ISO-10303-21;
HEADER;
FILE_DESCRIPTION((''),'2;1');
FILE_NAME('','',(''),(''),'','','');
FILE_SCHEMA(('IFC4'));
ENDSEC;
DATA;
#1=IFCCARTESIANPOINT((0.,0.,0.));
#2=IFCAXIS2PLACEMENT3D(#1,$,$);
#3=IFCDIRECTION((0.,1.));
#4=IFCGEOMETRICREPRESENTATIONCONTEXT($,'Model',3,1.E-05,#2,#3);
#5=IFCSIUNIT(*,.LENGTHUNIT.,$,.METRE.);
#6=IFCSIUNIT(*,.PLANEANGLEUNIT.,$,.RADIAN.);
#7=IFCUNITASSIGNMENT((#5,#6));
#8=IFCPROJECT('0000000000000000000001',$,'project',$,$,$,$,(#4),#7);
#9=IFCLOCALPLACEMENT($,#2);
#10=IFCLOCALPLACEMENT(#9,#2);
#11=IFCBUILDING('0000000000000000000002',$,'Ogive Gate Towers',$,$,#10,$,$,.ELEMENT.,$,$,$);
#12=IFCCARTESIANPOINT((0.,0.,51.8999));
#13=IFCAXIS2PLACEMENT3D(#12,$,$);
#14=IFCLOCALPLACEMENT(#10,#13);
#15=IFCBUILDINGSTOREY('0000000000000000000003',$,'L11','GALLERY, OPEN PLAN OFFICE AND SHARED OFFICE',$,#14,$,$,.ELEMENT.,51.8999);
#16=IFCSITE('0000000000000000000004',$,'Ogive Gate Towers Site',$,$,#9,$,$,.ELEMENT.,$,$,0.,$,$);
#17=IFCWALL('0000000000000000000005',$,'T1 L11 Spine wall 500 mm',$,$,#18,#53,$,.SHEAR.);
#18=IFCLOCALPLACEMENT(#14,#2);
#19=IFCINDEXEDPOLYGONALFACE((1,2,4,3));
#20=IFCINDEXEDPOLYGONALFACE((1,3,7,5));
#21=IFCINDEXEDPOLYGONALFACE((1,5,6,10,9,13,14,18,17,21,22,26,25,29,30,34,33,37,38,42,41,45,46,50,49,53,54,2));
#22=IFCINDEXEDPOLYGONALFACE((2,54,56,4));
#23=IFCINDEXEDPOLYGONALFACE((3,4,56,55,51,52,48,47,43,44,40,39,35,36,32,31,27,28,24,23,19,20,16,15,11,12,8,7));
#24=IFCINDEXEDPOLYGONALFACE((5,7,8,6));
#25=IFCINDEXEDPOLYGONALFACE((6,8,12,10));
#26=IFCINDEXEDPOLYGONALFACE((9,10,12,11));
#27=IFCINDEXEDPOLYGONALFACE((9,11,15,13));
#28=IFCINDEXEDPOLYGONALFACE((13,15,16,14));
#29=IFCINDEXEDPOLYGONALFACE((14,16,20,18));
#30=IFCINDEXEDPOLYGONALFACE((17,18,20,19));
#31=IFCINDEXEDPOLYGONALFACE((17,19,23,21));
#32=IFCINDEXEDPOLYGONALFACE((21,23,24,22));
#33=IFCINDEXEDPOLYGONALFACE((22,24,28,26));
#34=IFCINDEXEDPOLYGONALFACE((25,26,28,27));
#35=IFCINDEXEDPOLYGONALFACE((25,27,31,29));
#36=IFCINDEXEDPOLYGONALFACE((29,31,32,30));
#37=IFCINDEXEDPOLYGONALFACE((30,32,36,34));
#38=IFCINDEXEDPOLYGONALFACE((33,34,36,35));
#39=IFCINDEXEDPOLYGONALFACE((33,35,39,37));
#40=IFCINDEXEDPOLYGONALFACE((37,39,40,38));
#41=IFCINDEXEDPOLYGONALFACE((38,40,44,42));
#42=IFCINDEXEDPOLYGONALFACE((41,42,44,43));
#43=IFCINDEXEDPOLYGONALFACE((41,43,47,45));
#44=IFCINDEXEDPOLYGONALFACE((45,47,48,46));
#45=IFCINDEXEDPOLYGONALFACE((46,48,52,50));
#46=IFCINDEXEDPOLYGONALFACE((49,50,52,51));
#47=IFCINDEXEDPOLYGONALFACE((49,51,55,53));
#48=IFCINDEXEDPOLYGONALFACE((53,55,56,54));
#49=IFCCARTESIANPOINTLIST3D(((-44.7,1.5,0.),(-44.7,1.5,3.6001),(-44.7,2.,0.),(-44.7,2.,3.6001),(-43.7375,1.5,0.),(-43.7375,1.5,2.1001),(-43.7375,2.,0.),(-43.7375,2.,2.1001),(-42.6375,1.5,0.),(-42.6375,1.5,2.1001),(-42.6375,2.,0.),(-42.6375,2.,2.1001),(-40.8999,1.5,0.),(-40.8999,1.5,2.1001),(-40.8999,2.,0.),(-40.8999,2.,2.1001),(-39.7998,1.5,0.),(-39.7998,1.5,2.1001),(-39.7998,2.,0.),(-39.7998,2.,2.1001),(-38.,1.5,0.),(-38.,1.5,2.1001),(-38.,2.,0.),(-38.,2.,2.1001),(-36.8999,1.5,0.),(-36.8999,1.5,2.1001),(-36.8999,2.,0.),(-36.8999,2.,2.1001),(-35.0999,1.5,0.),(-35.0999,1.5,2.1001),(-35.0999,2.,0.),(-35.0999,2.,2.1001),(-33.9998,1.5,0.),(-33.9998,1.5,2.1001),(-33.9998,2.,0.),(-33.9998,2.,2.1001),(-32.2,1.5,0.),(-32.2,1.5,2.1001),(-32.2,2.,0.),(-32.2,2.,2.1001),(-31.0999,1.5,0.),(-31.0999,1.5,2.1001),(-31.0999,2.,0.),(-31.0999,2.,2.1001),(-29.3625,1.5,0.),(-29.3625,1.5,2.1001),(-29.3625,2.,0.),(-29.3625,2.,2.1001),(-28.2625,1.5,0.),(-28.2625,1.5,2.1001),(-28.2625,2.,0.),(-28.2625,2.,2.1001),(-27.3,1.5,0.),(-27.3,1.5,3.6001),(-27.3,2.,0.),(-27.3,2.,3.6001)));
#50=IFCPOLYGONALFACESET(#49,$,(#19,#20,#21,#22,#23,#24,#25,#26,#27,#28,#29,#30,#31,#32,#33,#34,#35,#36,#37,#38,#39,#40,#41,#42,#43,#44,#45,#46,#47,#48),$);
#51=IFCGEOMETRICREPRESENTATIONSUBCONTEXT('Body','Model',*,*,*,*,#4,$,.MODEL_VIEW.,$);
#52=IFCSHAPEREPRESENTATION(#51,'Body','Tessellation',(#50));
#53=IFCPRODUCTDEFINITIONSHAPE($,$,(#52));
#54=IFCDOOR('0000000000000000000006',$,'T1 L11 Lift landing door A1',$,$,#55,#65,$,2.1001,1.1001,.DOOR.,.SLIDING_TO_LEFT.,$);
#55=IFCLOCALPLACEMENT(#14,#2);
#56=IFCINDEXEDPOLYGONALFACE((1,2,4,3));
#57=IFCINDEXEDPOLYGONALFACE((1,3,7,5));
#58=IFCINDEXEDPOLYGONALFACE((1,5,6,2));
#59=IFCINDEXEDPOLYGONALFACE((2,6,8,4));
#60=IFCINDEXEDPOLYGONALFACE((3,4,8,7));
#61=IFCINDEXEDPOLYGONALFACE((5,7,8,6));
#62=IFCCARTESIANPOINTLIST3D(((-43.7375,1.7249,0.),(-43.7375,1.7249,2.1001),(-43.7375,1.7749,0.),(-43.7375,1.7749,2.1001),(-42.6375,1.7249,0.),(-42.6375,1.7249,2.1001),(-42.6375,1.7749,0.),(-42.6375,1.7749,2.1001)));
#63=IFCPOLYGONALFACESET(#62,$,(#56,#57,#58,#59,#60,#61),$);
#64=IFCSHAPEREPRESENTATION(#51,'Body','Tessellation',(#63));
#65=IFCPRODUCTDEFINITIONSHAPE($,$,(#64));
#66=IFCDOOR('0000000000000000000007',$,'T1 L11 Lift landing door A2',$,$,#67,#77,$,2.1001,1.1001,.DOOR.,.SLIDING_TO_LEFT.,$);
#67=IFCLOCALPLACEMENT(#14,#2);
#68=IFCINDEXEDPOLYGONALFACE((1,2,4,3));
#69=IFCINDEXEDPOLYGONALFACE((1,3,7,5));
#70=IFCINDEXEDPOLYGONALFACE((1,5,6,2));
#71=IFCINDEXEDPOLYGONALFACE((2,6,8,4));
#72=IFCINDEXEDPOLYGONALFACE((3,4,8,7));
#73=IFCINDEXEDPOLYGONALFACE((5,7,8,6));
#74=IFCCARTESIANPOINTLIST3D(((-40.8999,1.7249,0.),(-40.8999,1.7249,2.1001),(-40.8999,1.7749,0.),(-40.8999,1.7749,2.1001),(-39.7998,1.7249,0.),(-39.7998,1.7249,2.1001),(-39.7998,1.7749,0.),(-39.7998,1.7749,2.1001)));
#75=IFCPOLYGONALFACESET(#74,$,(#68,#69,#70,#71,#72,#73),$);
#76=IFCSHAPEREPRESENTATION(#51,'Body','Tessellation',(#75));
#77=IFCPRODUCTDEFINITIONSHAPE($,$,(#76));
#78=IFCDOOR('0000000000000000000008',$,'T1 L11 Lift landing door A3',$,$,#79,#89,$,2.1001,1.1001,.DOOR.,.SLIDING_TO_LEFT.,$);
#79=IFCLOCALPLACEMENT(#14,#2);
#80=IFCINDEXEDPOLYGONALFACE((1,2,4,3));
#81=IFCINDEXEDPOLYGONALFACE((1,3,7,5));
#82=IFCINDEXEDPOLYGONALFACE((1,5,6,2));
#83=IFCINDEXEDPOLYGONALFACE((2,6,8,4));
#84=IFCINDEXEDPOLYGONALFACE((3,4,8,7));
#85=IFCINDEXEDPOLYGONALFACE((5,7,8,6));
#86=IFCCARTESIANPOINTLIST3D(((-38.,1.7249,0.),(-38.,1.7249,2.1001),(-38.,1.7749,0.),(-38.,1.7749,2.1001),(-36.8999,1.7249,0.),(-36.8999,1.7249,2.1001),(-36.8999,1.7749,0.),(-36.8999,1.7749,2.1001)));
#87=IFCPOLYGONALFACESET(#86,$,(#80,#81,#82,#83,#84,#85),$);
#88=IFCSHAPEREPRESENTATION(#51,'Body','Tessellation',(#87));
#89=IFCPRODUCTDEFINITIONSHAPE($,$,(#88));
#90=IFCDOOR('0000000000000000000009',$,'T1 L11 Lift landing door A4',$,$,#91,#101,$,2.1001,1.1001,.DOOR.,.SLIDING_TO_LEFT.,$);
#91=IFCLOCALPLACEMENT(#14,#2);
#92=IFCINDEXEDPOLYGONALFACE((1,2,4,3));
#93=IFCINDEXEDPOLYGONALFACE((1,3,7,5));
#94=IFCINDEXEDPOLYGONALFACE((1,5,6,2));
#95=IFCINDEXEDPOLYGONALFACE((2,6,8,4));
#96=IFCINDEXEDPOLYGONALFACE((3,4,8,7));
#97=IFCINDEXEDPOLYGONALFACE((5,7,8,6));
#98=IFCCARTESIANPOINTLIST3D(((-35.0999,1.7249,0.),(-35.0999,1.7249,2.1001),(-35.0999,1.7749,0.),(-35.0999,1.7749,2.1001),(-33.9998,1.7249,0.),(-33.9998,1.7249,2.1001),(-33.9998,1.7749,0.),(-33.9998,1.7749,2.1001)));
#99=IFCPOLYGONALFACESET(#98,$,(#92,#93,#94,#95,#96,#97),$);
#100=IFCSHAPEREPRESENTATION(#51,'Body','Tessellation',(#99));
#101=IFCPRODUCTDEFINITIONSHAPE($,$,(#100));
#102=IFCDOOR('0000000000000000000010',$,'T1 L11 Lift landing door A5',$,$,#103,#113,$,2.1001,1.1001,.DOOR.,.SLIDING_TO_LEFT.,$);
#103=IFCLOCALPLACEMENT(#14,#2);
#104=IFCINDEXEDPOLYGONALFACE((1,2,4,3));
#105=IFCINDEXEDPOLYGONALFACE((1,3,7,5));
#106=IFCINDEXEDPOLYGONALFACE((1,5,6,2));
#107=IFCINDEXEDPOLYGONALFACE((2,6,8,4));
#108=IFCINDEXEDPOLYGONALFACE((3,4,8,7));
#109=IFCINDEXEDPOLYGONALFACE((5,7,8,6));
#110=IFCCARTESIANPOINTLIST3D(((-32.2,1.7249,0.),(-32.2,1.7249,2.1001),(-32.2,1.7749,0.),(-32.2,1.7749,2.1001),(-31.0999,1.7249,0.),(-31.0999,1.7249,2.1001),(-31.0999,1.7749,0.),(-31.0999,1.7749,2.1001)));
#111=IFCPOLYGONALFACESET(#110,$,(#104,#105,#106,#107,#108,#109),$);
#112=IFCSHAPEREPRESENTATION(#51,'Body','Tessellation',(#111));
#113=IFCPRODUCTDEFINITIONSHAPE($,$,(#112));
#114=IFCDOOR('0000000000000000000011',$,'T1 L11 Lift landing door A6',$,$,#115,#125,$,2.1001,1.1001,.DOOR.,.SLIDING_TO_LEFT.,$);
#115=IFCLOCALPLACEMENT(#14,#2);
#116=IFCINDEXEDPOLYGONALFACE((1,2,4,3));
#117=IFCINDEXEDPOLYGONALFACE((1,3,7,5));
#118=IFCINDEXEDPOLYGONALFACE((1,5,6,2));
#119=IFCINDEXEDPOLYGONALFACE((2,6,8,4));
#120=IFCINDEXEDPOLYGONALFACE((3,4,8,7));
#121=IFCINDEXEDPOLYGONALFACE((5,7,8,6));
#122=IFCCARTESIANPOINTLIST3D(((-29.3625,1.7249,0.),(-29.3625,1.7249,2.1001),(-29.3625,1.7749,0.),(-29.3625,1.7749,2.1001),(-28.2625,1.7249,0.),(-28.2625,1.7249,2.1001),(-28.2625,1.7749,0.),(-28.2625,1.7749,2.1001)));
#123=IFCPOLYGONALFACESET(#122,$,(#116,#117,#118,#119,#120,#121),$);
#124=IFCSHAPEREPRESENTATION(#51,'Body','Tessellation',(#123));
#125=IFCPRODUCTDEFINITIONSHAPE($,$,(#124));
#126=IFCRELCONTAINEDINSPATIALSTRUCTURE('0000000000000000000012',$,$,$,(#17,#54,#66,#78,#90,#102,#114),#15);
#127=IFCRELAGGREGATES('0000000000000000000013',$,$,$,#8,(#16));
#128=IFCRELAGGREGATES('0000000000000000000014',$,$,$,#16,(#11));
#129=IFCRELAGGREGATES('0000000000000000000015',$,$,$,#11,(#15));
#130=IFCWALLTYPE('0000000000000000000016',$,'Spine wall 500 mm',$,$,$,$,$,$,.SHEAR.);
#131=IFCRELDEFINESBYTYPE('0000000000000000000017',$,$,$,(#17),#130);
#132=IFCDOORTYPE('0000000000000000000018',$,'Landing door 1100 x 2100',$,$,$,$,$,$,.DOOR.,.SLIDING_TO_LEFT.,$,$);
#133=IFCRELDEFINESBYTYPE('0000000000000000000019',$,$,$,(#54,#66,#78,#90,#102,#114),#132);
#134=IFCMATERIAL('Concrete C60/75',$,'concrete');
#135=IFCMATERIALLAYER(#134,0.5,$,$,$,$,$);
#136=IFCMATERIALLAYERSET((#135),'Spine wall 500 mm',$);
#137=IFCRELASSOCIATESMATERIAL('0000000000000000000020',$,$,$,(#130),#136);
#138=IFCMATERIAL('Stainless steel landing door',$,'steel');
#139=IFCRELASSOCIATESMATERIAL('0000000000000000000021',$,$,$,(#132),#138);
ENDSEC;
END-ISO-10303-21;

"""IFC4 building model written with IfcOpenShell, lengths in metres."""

from ifc_helpers import new_model, si_unit, direction, frame, frame_2d, origin, place, context, subcontext, project, spatial, rectangle, extrude, material, layer, layer_set, type_object, element, fill, save


model = new_model("IFC4")

# Units and contexts
model_context = context("Model", 3, precision=1e-05, world=origin(), true_north=direction((0.0, 1.0)))
body_context = subcontext(model_context, "Body", "Model", "MODEL_VIEW")
ifc_project = project(units=[si_unit("LENGTHUNIT", "METRE"), si_unit("PLANEANGLEUNIT", "RADIAN")], contexts=[model_context])

# Site, building, storey
site_placement = place(None, origin())
site = spatial("IfcSite", under=ifc_project, at=site_placement, Name="Ogive Gate Towers Site", CompositionType="ELEMENT", RefElevation=0.0)
building_placement = place(site_placement, origin())
building = spatial("IfcBuilding", under=site, at=building_placement, Name="Ogive Gate Towers", CompositionType="ELEMENT")
storey_placement = place(building_placement, frame((0.0, 0.0, 51.8999)))
storey = spatial("IfcBuildingStorey", under=building, at=storey_placement, Name="L11", Description="GALLERY, OPEN PLAN OFFICE AND SHARED OFFICE", CompositionType="ELEMENT", Elevation=51.8999)

# Wall, openings, doors
ifc_material_1 = material(Name="Concrete C60/75", Category="concrete")
ifc_layer_1 = layer(ifc_material_1, 0.5)
ifc_layer_set_1 = layer_set([ifc_layer_1], Name="Spine wall 500 mm")
wall_type_1 = type_object("IfcWallType", Name="Spine wall 500 mm", PredefinedType="SHEAR", material=ifc_layer_set_1)
wall_1_placement = place(storey_placement, frame((-44.7, 1.75, 0.0), z_axis=(0.0, 0.0, 1.0), x_axis=(1.0, 0.0, 0.0)))
wall_1 = element("IfcWall", 1, at=wall_1_placement, inside=storey, type_object=wall_type_1, Name="T1 L11 Spine wall 500 mm", PredefinedType="SHEAR", context=body_context, shape_type="SweptSolid", body=[
    extrude(rectangle(XDim=17.3999, YDim=0.5, at=frame_2d((8.7, 0.0))), origin(), (0.0, 0.0, 1.0), 3.6001),
])
opening_1_placement = place(wall_1_placement, frame((0.9624, 0.0, 0.0)))
opening_1 = element("IfcOpeningElement", 2, at=opening_1_placement, cuts=wall_1, PredefinedType="OPENING", context=body_context, shape_type="SweptSolid", body=[
    extrude(rectangle(XDim=1.1001, YDim=2.1001, at=frame_2d((0.55, 1.05))), frame((0.0, 0.26, 0.0), z_axis=(0.0, -1.0, 0.0), x_axis=(1.0, 0.0, 0.0)), (0.0, 0.0, 1.0), 0.52),
])
opening_2_placement = place(wall_1_placement, frame((3.8, 0.0, 0.0)))
opening_2 = element("IfcOpeningElement", 3, at=opening_2_placement, cuts=wall_1, PredefinedType="OPENING", context=body_context, shape_type="SweptSolid", body=[
    extrude(rectangle(XDim=1.1001, YDim=2.1001, at=frame_2d((0.55, 1.05))), frame((0.0, 0.26, 0.0), z_axis=(0.0, -1.0, 0.0), x_axis=(1.0, 0.0, 0.0)), (0.0, 0.0, 1.0), 0.52),
])
opening_3_placement = place(wall_1_placement, frame((6.7, 0.0, 0.0)))
opening_3 = element("IfcOpeningElement", 4, at=opening_3_placement, cuts=wall_1, PredefinedType="OPENING", context=body_context, shape_type="SweptSolid", body=[
    extrude(rectangle(XDim=1.1001, YDim=2.1001, at=frame_2d((0.55, 1.05))), frame((0.0, 0.26, 0.0), z_axis=(0.0, -1.0, 0.0), x_axis=(1.0, 0.0, 0.0)), (0.0, 0.0, 1.0), 0.52),
])
opening_4_placement = place(wall_1_placement, frame((9.6001, 0.0, 0.0)))
opening_4 = element("IfcOpeningElement", 5, at=opening_4_placement, cuts=wall_1, PredefinedType="OPENING", context=body_context, shape_type="SweptSolid", body=[
    extrude(rectangle(XDim=1.1001, YDim=2.1001, at=frame_2d((0.55, 1.05))), frame((0.0, 0.26, 0.0), z_axis=(0.0, -1.0, 0.0), x_axis=(1.0, 0.0, 0.0)), (0.0, 0.0, 1.0), 0.52),
])
opening_5_placement = place(wall_1_placement, frame((12.5, 0.0, 0.0)))
opening_5 = element("IfcOpeningElement", 6, at=opening_5_placement, cuts=wall_1, PredefinedType="OPENING", context=body_context, shape_type="SweptSolid", body=[
    extrude(rectangle(XDim=1.1001, YDim=2.1001, at=frame_2d((0.55, 1.05))), frame((0.0, 0.26, 0.0), z_axis=(0.0, -1.0, 0.0), x_axis=(1.0, 0.0, 0.0)), (0.0, 0.0, 1.0), 0.52),
])
opening_6_placement = place(wall_1_placement, frame((15.3374, 0.0, 0.0)))
opening_6 = element("IfcOpeningElement", 7, at=opening_6_placement, cuts=wall_1, PredefinedType="OPENING", context=body_context, shape_type="SweptSolid", body=[
    extrude(rectangle(XDim=1.1001, YDim=2.1001, at=frame_2d((0.55, 1.05))), frame((0.0, 0.26, 0.0), z_axis=(0.0, -1.0, 0.0), x_axis=(1.0, 0.0, 0.0)), (0.0, 0.0, 1.0), 0.52),
])
ifc_material_2 = material(Name="Stainless steel landing door", Category="steel")
door_type_1 = type_object("IfcDoorType", Name="Landing door 1100 x 2100", OperationType="SLIDING_TO_LEFT", PredefinedType="DOOR", material=ifc_material_2)
door_1_placement = place(opening_1_placement, origin())
door_1 = element("IfcDoor", 8, at=door_1_placement, inside=storey, type_object=door_type_1, Name="T1 L11 Lift landing door A1", OperationType="SLIDING_TO_LEFT", OverallHeight=2.1001, OverallWidth=1.1001, PredefinedType="DOOR", context=body_context, shape_type="SweptSolid", body=[
    extrude(rectangle(XDim=1.1001, YDim=2.1001, at=frame_2d((0.55, 1.05))), frame((0.0, 0.0249, 0.0), z_axis=(0.0, -1.0, 0.0), x_axis=(1.0, 0.0, 0.0)), (0.0, 0.0, 1.0), 0.05),
])
fill(opening_1, door_1)
door_2_placement = place(opening_2_placement, origin())
door_2 = element("IfcDoor", 9, at=door_2_placement, inside=storey, type_object=door_type_1, Name="T1 L11 Lift landing door A2", OperationType="SLIDING_TO_LEFT", OverallHeight=2.1001, OverallWidth=1.1001, PredefinedType="DOOR", context=body_context, shape_type="SweptSolid", body=[
    extrude(rectangle(XDim=1.1001, YDim=2.1001, at=frame_2d((0.55, 1.05))), frame((0.0, 0.0249, 0.0), z_axis=(0.0, -1.0, 0.0), x_axis=(1.0, 0.0, 0.0)), (0.0, 0.0, 1.0), 0.05),
])
fill(opening_2, door_2)
door_3_placement = place(opening_3_placement, origin())
door_3 = element("IfcDoor", 10, at=door_3_placement, inside=storey, type_object=door_type_1, Name="T1 L11 Lift landing door A3", OperationType="SLIDING_TO_LEFT", OverallHeight=2.1001, OverallWidth=1.1001, PredefinedType="DOOR", context=body_context, shape_type="SweptSolid", body=[
    extrude(rectangle(XDim=1.1001, YDim=2.1001, at=frame_2d((0.55, 1.05))), frame((0.0, 0.0249, 0.0), z_axis=(0.0, -1.0, 0.0), x_axis=(1.0, 0.0, 0.0)), (0.0, 0.0, 1.0), 0.05),
])
fill(opening_3, door_3)
door_4_placement = place(opening_4_placement, origin())
door_4 = element("IfcDoor", 11, at=door_4_placement, inside=storey, type_object=door_type_1, Name="T1 L11 Lift landing door A4", OperationType="SLIDING_TO_LEFT", OverallHeight=2.1001, OverallWidth=1.1001, PredefinedType="DOOR", context=body_context, shape_type="SweptSolid", body=[
    extrude(rectangle(XDim=1.1001, YDim=2.1001, at=frame_2d((0.55, 1.05))), frame((0.0, 0.0249, 0.0), z_axis=(0.0, -1.0, 0.0), x_axis=(1.0, 0.0, 0.0)), (0.0, 0.0, 1.0), 0.05),
])
fill(opening_4, door_4)
door_5_placement = place(opening_5_placement, origin())
door_5 = element("IfcDoor", 12, at=door_5_placement, inside=storey, type_object=door_type_1, Name="T1 L11 Lift landing door A5", OperationType="SLIDING_TO_LEFT", OverallHeight=2.1001, OverallWidth=1.1001, PredefinedType="DOOR", context=body_context, shape_type="SweptSolid", body=[
    extrude(rectangle(XDim=1.1001, YDim=2.1001, at=frame_2d((0.55, 1.05))), frame((0.0, 0.0249, 0.0), z_axis=(0.0, -1.0, 0.0), x_axis=(1.0, 0.0, 0.0)), (0.0, 0.0, 1.0), 0.05),
])
fill(opening_5, door_5)
door_6_placement = place(opening_6_placement, origin())
door_6 = element("IfcDoor", 13, at=door_6_placement, inside=storey, type_object=door_type_1, Name="T1 L11 Lift landing door A6", OperationType="SLIDING_TO_LEFT", OverallHeight=2.1001, OverallWidth=1.1001, PredefinedType="DOOR", context=body_context, shape_type="SweptSolid", body=[
    extrude(rectangle(XDim=1.1001, YDim=2.1001, at=frame_2d((0.55, 1.05))), frame((0.0, 0.0249, 0.0), z_axis=(0.0, -1.0, 0.0), x_axis=(1.0, 0.0, 0.0)), (0.0, 0.0, 1.0), 0.05),
])
fill(opening_6, door_6)

save(model, "model.ifc")
